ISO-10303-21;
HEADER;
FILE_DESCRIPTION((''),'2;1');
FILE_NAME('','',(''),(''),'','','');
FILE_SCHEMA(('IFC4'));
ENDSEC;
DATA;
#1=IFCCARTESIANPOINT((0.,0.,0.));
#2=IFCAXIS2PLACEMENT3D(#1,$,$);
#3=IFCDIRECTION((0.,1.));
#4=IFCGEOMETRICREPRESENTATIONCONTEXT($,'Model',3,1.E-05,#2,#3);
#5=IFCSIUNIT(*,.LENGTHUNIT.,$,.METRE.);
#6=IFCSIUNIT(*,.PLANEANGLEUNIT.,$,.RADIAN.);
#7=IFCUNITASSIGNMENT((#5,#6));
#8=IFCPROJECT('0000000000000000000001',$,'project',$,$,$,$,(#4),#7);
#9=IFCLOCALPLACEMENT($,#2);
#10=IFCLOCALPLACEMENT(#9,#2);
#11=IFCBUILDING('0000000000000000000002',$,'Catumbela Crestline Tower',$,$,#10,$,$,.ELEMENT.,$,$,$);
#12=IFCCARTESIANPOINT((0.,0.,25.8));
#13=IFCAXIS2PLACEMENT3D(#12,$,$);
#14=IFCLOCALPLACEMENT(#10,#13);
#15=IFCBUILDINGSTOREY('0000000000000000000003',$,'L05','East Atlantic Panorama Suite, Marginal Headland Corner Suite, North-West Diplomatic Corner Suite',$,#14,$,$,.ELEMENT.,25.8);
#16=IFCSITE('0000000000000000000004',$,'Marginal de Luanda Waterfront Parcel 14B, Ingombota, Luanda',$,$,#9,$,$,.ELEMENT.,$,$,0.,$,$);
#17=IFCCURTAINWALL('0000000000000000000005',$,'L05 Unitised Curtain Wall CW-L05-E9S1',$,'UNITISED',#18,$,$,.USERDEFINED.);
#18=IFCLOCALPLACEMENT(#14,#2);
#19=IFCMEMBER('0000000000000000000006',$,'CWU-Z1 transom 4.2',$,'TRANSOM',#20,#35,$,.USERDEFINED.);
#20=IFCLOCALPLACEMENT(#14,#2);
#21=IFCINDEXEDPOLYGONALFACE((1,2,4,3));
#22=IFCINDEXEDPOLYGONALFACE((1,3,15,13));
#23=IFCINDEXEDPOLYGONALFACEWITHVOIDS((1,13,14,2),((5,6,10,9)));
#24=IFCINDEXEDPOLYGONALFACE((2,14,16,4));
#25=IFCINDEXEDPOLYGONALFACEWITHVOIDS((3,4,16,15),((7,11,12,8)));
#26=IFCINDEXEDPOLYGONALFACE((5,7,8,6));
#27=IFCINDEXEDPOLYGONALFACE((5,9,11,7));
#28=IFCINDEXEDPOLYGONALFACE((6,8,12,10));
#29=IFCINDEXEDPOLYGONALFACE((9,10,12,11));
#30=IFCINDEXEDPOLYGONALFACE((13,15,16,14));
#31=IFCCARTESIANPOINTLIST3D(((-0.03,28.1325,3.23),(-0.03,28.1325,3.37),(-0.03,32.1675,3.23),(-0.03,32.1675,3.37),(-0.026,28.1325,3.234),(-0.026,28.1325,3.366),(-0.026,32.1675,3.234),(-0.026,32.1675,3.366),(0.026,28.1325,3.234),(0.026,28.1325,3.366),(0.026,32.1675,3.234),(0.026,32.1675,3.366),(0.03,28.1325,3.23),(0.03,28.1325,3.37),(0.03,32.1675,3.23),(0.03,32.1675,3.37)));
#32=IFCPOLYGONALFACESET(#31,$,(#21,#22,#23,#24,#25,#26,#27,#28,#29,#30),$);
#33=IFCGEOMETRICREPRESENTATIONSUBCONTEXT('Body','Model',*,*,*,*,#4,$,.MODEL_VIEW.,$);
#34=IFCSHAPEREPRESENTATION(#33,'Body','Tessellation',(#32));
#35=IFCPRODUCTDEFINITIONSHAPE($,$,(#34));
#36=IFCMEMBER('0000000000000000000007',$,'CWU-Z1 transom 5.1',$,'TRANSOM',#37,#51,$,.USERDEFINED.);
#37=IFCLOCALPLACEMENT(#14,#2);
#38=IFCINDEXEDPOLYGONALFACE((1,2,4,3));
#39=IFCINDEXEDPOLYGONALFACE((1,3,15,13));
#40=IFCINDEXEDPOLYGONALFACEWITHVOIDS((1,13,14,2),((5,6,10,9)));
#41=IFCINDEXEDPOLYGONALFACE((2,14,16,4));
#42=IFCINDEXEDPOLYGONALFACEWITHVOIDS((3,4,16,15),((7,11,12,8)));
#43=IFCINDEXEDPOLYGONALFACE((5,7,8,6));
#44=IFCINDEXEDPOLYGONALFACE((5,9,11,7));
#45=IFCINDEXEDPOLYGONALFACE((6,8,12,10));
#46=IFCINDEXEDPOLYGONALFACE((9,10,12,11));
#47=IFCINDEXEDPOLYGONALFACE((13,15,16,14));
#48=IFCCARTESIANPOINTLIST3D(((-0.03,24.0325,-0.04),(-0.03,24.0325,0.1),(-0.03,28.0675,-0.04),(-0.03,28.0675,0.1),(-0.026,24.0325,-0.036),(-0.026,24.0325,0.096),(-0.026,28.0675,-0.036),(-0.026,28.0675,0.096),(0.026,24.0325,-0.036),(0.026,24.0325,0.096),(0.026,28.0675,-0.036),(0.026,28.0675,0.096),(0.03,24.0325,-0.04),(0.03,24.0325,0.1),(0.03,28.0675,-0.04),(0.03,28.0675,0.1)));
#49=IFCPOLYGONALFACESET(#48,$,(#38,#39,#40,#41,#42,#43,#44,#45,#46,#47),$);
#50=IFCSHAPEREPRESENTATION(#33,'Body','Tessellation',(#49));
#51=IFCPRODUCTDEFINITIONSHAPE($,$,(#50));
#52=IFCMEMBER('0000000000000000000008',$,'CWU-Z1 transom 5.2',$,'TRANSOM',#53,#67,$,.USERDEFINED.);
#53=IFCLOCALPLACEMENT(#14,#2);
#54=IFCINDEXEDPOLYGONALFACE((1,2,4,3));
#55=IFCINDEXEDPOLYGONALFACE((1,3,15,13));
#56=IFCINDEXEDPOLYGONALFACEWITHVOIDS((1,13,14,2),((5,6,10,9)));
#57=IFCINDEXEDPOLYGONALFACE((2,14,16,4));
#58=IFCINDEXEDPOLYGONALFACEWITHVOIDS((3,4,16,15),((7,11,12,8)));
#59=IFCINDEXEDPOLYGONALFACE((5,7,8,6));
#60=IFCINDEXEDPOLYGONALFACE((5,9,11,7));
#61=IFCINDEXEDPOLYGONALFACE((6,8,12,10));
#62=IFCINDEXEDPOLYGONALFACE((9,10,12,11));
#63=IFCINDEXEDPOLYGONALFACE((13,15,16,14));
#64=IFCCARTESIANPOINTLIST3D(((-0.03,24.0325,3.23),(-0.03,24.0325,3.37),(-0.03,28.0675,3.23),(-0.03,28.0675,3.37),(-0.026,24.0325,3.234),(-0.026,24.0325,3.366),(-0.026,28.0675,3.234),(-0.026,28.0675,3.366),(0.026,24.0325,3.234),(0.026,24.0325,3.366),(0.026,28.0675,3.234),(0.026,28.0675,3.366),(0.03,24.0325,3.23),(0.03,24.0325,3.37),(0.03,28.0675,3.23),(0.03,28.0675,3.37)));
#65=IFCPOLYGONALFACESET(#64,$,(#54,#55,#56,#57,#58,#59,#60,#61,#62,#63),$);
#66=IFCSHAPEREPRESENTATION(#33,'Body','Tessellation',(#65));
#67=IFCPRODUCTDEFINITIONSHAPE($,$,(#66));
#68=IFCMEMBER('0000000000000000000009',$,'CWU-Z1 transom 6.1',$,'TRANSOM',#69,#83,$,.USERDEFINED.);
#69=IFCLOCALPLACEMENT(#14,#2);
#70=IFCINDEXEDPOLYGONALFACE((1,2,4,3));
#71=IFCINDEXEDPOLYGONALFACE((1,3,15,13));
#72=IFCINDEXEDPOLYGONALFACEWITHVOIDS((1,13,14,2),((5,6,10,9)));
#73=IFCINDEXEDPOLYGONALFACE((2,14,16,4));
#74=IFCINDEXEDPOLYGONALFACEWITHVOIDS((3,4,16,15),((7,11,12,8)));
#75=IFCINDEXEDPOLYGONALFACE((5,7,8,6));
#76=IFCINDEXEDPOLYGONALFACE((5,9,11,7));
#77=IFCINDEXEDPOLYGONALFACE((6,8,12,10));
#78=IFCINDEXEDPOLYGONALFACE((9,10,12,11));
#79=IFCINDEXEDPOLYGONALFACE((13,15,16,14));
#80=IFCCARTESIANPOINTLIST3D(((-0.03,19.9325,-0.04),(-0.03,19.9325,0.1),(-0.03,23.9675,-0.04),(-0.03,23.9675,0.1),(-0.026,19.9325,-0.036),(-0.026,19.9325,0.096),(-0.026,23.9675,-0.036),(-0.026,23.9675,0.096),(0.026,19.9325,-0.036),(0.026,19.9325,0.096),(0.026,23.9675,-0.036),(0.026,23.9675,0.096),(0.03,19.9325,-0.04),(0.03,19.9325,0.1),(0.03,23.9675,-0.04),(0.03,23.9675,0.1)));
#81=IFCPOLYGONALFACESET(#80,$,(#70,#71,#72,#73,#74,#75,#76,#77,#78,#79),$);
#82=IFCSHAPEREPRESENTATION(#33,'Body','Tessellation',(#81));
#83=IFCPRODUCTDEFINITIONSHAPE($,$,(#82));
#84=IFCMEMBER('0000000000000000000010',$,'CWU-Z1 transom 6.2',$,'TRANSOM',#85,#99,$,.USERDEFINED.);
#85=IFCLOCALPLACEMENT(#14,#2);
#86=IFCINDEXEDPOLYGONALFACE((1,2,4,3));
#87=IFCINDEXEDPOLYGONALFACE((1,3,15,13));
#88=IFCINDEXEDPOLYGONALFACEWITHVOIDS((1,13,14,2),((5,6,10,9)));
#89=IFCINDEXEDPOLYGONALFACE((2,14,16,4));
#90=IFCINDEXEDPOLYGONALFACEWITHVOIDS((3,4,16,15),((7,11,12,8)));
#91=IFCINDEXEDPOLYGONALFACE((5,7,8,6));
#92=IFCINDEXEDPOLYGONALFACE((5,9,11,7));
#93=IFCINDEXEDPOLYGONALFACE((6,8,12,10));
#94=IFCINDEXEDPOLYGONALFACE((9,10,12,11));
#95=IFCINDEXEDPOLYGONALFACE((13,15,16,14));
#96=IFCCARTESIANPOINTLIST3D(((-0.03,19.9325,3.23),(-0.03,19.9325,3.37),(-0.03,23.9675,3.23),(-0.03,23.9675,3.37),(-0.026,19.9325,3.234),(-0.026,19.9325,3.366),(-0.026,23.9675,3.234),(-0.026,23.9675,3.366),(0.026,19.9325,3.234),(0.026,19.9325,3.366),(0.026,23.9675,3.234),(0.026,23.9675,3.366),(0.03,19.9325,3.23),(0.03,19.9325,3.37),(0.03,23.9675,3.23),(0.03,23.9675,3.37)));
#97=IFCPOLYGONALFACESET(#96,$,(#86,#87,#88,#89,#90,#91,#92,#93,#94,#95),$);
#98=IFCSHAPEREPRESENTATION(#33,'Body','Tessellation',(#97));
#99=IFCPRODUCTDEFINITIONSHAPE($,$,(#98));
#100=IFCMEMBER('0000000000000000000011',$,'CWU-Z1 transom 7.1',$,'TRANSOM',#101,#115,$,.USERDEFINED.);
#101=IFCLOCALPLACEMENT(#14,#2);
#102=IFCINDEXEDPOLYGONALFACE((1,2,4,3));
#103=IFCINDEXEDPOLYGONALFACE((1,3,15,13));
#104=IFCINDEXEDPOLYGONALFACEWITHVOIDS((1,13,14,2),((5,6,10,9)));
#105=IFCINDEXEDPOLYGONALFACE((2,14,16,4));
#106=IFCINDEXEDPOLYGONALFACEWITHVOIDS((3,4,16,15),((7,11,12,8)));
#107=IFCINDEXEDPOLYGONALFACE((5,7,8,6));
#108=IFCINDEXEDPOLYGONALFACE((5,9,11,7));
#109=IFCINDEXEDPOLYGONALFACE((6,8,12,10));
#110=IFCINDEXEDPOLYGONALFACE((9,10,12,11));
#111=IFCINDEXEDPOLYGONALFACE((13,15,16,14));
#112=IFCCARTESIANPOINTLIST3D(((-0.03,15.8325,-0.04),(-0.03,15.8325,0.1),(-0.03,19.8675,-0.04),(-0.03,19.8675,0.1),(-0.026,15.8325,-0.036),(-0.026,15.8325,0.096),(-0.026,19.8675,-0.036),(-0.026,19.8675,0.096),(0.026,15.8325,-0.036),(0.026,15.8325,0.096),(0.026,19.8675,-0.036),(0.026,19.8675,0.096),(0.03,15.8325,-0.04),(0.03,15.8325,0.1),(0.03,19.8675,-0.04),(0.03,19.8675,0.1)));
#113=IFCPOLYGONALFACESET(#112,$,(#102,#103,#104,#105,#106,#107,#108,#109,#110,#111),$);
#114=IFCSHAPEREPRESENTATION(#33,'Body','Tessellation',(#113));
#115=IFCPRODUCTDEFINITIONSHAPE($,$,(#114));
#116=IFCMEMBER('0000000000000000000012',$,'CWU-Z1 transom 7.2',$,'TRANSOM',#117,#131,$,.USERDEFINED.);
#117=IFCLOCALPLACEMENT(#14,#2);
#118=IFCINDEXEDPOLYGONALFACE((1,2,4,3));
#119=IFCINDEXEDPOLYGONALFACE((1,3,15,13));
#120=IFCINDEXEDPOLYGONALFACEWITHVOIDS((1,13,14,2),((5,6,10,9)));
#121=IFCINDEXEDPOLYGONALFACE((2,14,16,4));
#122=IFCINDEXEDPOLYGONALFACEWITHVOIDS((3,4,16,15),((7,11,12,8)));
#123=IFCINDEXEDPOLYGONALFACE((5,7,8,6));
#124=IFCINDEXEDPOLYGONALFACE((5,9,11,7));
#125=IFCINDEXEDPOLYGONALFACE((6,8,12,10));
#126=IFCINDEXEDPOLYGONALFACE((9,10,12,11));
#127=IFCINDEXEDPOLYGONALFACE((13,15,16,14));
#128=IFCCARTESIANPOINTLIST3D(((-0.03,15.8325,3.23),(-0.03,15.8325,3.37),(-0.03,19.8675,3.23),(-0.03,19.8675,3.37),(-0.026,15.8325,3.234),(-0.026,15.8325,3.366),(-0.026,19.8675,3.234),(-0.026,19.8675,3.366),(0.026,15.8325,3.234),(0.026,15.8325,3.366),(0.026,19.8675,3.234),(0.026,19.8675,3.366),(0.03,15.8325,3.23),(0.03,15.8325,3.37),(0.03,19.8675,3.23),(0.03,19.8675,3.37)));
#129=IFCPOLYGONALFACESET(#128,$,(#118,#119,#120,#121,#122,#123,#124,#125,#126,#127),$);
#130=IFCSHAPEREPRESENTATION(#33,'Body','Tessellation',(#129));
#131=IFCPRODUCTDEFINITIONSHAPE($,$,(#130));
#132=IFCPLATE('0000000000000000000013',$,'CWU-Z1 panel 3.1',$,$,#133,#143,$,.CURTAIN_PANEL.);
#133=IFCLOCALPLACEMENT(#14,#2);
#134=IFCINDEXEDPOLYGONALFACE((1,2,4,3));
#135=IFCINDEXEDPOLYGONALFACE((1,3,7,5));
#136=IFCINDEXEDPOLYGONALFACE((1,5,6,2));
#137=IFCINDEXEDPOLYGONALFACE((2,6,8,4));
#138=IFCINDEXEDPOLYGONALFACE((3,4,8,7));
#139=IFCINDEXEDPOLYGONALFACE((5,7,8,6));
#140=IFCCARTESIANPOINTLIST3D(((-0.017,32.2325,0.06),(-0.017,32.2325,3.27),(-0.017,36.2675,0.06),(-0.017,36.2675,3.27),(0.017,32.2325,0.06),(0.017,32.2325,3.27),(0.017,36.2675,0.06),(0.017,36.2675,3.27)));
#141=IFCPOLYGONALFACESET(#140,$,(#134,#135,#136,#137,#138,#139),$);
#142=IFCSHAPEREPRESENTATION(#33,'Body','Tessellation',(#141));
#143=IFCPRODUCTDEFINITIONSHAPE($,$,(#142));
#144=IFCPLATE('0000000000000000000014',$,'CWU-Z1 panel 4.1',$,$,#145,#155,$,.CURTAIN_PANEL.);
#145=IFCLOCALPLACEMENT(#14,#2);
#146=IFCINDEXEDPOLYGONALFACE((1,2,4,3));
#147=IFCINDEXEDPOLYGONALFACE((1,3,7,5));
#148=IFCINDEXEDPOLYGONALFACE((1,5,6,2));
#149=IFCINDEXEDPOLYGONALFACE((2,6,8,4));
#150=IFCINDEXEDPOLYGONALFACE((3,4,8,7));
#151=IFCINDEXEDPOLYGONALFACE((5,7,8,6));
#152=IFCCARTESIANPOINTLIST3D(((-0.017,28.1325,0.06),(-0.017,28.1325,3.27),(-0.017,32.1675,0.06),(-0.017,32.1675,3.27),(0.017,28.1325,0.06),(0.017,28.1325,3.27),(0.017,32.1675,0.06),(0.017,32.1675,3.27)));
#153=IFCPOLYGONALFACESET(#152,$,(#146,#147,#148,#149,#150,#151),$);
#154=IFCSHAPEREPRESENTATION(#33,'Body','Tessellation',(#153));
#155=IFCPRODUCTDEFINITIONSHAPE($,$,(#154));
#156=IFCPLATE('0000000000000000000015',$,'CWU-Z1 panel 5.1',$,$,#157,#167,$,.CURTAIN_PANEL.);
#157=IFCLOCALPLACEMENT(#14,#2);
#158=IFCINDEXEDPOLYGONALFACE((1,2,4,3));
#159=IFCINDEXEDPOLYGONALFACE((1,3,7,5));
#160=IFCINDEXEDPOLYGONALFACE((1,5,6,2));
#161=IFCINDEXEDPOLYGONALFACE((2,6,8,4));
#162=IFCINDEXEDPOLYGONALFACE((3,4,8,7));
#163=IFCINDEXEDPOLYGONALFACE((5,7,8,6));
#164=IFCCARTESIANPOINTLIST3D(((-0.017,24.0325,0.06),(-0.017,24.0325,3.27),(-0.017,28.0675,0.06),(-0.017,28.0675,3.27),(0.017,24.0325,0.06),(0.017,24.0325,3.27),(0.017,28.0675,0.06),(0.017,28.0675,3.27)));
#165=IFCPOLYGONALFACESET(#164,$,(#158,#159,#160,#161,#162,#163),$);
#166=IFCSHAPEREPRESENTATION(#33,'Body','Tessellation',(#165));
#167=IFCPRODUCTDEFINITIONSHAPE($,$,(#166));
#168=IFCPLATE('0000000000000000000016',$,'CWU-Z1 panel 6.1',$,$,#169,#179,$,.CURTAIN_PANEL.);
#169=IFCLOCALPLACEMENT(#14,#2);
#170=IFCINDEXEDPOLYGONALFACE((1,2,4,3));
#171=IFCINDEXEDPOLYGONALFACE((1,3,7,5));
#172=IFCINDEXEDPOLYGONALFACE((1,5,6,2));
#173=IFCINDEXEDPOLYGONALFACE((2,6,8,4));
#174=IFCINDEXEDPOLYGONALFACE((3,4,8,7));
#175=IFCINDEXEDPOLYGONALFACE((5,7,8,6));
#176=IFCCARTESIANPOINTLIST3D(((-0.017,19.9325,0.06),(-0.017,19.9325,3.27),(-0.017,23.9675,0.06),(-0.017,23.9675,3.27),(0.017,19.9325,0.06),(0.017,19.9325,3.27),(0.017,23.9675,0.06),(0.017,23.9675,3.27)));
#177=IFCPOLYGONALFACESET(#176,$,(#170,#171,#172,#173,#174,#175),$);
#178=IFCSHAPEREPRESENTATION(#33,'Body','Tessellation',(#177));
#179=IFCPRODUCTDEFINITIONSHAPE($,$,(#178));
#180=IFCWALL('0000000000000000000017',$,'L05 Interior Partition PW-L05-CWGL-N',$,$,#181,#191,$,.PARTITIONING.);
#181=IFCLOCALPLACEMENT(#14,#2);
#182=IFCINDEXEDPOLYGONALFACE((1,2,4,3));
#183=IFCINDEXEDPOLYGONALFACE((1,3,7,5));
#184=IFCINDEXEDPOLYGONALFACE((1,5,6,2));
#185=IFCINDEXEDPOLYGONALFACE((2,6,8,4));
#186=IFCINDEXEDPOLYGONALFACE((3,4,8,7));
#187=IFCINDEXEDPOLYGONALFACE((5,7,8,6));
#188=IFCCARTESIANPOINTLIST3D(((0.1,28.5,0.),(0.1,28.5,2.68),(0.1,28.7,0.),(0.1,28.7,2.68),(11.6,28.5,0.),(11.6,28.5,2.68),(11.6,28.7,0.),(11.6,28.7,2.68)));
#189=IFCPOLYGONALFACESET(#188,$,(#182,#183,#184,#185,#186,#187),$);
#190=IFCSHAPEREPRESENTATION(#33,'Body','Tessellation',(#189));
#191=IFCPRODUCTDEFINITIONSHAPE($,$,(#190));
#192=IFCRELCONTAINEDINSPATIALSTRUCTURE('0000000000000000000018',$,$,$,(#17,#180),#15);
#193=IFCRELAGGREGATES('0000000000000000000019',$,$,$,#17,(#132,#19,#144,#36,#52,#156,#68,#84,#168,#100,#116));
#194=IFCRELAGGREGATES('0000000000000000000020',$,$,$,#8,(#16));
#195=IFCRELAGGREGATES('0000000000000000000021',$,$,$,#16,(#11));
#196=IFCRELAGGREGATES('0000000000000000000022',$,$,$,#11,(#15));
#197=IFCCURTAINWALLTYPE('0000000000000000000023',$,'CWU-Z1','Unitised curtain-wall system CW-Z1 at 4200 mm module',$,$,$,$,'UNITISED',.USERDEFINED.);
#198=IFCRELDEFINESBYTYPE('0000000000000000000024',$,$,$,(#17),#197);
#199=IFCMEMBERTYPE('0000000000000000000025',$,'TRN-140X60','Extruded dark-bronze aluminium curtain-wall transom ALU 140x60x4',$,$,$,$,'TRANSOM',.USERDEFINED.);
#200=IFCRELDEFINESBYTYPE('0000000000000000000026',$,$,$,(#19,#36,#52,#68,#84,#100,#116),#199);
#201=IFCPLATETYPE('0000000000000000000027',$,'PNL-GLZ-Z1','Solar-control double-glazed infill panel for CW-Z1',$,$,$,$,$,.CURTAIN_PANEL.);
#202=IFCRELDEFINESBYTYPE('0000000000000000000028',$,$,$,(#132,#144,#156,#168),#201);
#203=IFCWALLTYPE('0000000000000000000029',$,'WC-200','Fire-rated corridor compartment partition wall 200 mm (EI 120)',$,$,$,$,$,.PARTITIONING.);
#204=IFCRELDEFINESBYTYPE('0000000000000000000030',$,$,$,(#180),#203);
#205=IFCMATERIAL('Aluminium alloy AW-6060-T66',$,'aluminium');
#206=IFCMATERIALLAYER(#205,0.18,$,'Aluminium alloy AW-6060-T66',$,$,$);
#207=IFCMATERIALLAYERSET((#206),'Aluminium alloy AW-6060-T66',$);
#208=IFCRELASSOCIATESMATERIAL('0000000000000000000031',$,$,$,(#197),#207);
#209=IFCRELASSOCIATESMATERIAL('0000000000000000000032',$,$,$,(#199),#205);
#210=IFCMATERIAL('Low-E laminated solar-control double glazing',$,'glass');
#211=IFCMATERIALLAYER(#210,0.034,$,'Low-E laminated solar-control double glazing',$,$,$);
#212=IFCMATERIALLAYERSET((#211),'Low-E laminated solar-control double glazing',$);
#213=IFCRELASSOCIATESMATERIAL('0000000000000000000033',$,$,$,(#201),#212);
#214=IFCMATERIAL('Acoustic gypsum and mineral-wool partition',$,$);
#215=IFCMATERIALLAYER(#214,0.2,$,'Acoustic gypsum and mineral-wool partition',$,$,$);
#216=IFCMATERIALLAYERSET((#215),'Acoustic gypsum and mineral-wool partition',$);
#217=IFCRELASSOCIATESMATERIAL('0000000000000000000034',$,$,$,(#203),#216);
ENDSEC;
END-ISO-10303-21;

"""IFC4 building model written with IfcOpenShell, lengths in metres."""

from ifc_helpers import new_model, si_unit, direction, frame, frame_2d, origin, origin_2d, place, context, subcontext, project, spatial, rectangle, hollow_rectangle, extrude, material, layer, layer_set, material_profile, profile_set, type_object, element, aggregate, save


model = new_model("IFC4")

# Units and contexts
model_context = context("Model", 3, precision=1e-05, world=origin(), true_north=direction((0.0, 1.0)))
body_context = subcontext(model_context, "Body", "Model", "MODEL_VIEW")
ifc_project = project(units=[si_unit("LENGTHUNIT", "METRE"), si_unit("PLANEANGLEUNIT", "RADIAN")], contexts=[model_context])

# Site, building, storey
site_placement = place(None, origin())
site = spatial("IfcSite", under=ifc_project, at=site_placement, Name="Marginal de Luanda Waterfront Parcel 14B, Ingombota, Luanda", CompositionType="ELEMENT", RefElevation=0.0)
building_placement = place(site_placement, origin())
building = spatial("IfcBuilding", under=site, at=building_placement, Name="Catumbela Crestline Tower", CompositionType="ELEMENT")
storey_placement = place(building_placement, frame((0.0, 0.0, 25.8)))
storey = spatial("IfcBuildingStorey", under=building, at=storey_placement, Name="L05", Description="East Atlantic Panorama Suite, Marginal Headland Corner Suite, North-West Diplomatic Corner Suite", CompositionType="ELEMENT", Elevation=25.8)

# Curtain wall
ifc_material_1 = material(Name="Aluminium alloy AW-6060-T66", Category="aluminium")
ifc_layer_1 = layer(ifc_material_1, 0.18, Name="Aluminium alloy AW-6060-T66")
ifc_layer_set_1 = layer_set([ifc_layer_1], Name="Aluminium alloy AW-6060-T66")
curtain_wall_type = type_object("IfcCurtainWallType", Name="CWU-Z1", Description="Unitised curtain-wall system CW-Z1 at 4200 mm module", ElementType="UNITISED", PredefinedType="USERDEFINED", material=ifc_layer_set_1)
curtain_wall_placement = place(storey_placement, origin())
curtain_wall = element("IfcCurtainWall", 1, at=curtain_wall_placement, inside=storey, type_object=curtain_wall_type, Name="L05 Unitised Curtain Wall CW-L05-E9S1", ObjectType="UNITISED", PredefinedType="USERDEFINED")

# Members
ifc_material_profile_1 = material_profile(ifc_material_1, hollow_rectangle(XDim=0.06, YDim=0.14, WallThickness=0.004, at=origin_2d()), Name="ALU 140x60x4")
ifc_profile_set_1 = profile_set([ifc_material_profile_1], Name="Aluminium alloy AW-6060-T66")
member_type_1 = type_object("IfcMemberType", Name="TRN-140X60", Description="Extruded dark-bronze aluminium curtain-wall transom ALU 140x60x4", ElementType="TRANSOM", PredefinedType="USERDEFINED", material=ifc_profile_set_1)
member_1_placement = place(storey_placement, frame((0.0, 32.1675, 3.3), z_axis=(0.0, -1.0, 0.0), x_axis=(1.0, 0.0, 0.0)))
member_1 = element("IfcMember", 2, at=member_1_placement, type_object=member_type_1, Name="CWU-Z1 transom 4.2", ObjectType="TRANSOM", PredefinedType="USERDEFINED", context=body_context, shape_type="SweptSolid", body=[
    extrude(hollow_rectangle(XDim=0.06, YDim=0.14, WallThickness=0.004, at=origin_2d()), origin(), (0.0, 0.0, 1.0), 4.035),
])
member_2_placement = place(storey_placement, frame((0.0, 28.0675, 0.03), z_axis=(0.0, -1.0, 0.0), x_axis=(1.0, 0.0, 0.0)))
member_2 = element("IfcMember", 3, at=member_2_placement, type_object=member_type_1, Name="CWU-Z1 transom 5.1", ObjectType="TRANSOM", PredefinedType="USERDEFINED", context=body_context, shape_type="SweptSolid", body=[
    extrude(hollow_rectangle(XDim=0.06, YDim=0.14, WallThickness=0.004, at=origin_2d()), origin(), (0.0, 0.0, 1.0), 4.035),
])
member_3_placement = place(storey_placement, frame((0.0, 28.0675, 3.3), z_axis=(0.0, -1.0, 0.0), x_axis=(1.0, 0.0, 0.0)))
member_3 = element("IfcMember", 4, at=member_3_placement, type_object=member_type_1, Name="CWU-Z1 transom 5.2", ObjectType="TRANSOM", PredefinedType="USERDEFINED", context=body_context, shape_type="SweptSolid", body=[
    extrude(hollow_rectangle(XDim=0.06, YDim=0.14, WallThickness=0.004, at=origin_2d()), origin(), (0.0, 0.0, 1.0), 4.035),
])
member_4_placement = place(storey_placement, frame((0.0, 23.9675, 0.03), z_axis=(0.0, -1.0, 0.0), x_axis=(1.0, 0.0, 0.0)))
member_4 = element("IfcMember", 5, at=member_4_placement, type_object=member_type_1, Name="CWU-Z1 transom 6.1", ObjectType="TRANSOM", PredefinedType="USERDEFINED", context=body_context, shape_type="SweptSolid", body=[
    extrude(hollow_rectangle(XDim=0.06, YDim=0.14, WallThickness=0.004, at=origin_2d()), origin(), (0.0, 0.0, 1.0), 4.035),
])
member_5_placement = place(storey_placement, frame((0.0, 23.9675, 3.3), z_axis=(0.0, -1.0, 0.0), x_axis=(1.0, 0.0, 0.0)))
member_5 = element("IfcMember", 6, at=member_5_placement, type_object=member_type_1, Name="CWU-Z1 transom 6.2", ObjectType="TRANSOM", PredefinedType="USERDEFINED", context=body_context, shape_type="SweptSolid", body=[
    extrude(hollow_rectangle(XDim=0.06, YDim=0.14, WallThickness=0.004, at=origin_2d()), origin(), (0.0, 0.0, 1.0), 4.035),
])
member_6_placement = place(storey_placement, frame((0.0, 19.8675, 0.03), z_axis=(0.0, -1.0, 0.0), x_axis=(1.0, 0.0, 0.0)))
member_6 = element("IfcMember", 7, at=member_6_placement, type_object=member_type_1, Name="CWU-Z1 transom 7.1", ObjectType="TRANSOM", PredefinedType="USERDEFINED", context=body_context, shape_type="SweptSolid", body=[
    extrude(hollow_rectangle(XDim=0.06, YDim=0.14, WallThickness=0.004, at=origin_2d()), origin(), (0.0, 0.0, 1.0), 4.035),
])
member_7_placement = place(storey_placement, frame((0.0, 19.8675, 3.3), z_axis=(0.0, -1.0, 0.0), x_axis=(1.0, 0.0, 0.0)))
member_7 = element("IfcMember", 8, at=member_7_placement, type_object=member_type_1, Name="CWU-Z1 transom 7.2", ObjectType="TRANSOM", PredefinedType="USERDEFINED", context=body_context, shape_type="SweptSolid", body=[
    extrude(hollow_rectangle(XDim=0.06, YDim=0.14, WallThickness=0.004, at=origin_2d()), origin(), (0.0, 0.0, 1.0), 4.035),
])

# Plates
ifc_material_2 = material(Name="Low-E laminated solar-control double glazing", Category="glass")
ifc_layer_2 = layer(ifc_material_2, 0.034, Name="Low-E laminated solar-control double glazing")
ifc_layer_set_2 = layer_set([ifc_layer_2], Name="Low-E laminated solar-control double glazing")
plate_type = type_object("IfcPlateType", Name="PNL-GLZ-Z1", Description="Solar-control double-glazed infill panel for CW-Z1", PredefinedType="CURTAIN_PANEL", material=ifc_layer_set_2)
plate_1_placement = place(storey_placement, frame((0.0, 34.25, 0.06), z_axis=(0.0, 0.0, 1.0), x_axis=(0.0, -1.0, 0.0)))
plate_1 = element("IfcPlate", 9, at=plate_1_placement, type_object=plate_type, Name="CWU-Z1 panel 3.1", PredefinedType="CURTAIN_PANEL", context=body_context, shape_type="SweptSolid", body=[
    extrude(rectangle(XDim=4.035, YDim=0.034, at=origin_2d()), origin(), (0.0, 0.0, 1.0), 3.21),
])
plate_2_placement = place(storey_placement, frame((0.0, 30.15, 0.06), z_axis=(0.0, 0.0, 1.0), x_axis=(0.0, -1.0, 0.0)))
plate_2 = element("IfcPlate", 10, at=plate_2_placement, type_object=plate_type, Name="CWU-Z1 panel 4.1", PredefinedType="CURTAIN_PANEL", context=body_context, shape_type="SweptSolid", body=[
    extrude(rectangle(XDim=4.035, YDim=0.034, at=origin_2d()), origin(), (0.0, 0.0, 1.0), 3.21),
])
plate_3_placement = place(storey_placement, frame((0.0, 26.05, 0.06), z_axis=(0.0, 0.0, 1.0), x_axis=(0.0, -1.0, 0.0)))
plate_3 = element("IfcPlate", 11, at=plate_3_placement, type_object=plate_type, Name="CWU-Z1 panel 5.1", PredefinedType="CURTAIN_PANEL", context=body_context, shape_type="SweptSolid", body=[
    extrude(rectangle(XDim=4.035, YDim=0.034, at=origin_2d()), origin(), (0.0, 0.0, 1.0), 3.21),
])
plate_4_placement = place(storey_placement, frame((0.0, 21.95, 0.06), z_axis=(0.0, 0.0, 1.0), x_axis=(0.0, -1.0, 0.0)))
plate_4 = element("IfcPlate", 12, at=plate_4_placement, type_object=plate_type, Name="CWU-Z1 panel 6.1", PredefinedType="CURTAIN_PANEL", context=body_context, shape_type="SweptSolid", body=[
    extrude(rectangle(XDim=4.035, YDim=0.034, at=origin_2d()), origin(), (0.0, 0.0, 1.0), 3.21),
])
aggregate(curtain_wall, [plate_1, member_1, plate_2, member_2, member_3, plate_3, member_4, member_5, plate_4, member_6, member_7])

# Wall
ifc_material_3 = material(Name="Acoustic gypsum and mineral-wool partition")
ifc_layer_3 = layer(ifc_material_3, 0.2, Name="Acoustic gypsum and mineral-wool partition")
ifc_layer_set_3 = layer_set([ifc_layer_3], Name="Acoustic gypsum and mineral-wool partition")
wall_type_1 = type_object("IfcWallType", Name="WC-200", Description="Fire-rated corridor compartment partition wall 200 mm (EI 120)", PredefinedType="PARTITIONING", material=ifc_layer_set_3)
wall_1_placement = place(storey_placement, frame((0.1, 28.6, 0.0), z_axis=(0.0, 0.0, 1.0), x_axis=(1.0, 0.0, 0.0)))
element("IfcWall", 13, at=wall_1_placement, inside=storey, type_object=wall_type_1, Name="L05 Interior Partition PW-L05-CWGL-N", PredefinedType="PARTITIONING", context=body_context, shape_type="SweptSolid", body=[
    extrude(rectangle(XDim=11.5, YDim=0.2, at=frame_2d((5.75, 0.0))), origin(), (0.0, 0.0, 1.0), 2.68),
])

save(model, "model.ifc")
